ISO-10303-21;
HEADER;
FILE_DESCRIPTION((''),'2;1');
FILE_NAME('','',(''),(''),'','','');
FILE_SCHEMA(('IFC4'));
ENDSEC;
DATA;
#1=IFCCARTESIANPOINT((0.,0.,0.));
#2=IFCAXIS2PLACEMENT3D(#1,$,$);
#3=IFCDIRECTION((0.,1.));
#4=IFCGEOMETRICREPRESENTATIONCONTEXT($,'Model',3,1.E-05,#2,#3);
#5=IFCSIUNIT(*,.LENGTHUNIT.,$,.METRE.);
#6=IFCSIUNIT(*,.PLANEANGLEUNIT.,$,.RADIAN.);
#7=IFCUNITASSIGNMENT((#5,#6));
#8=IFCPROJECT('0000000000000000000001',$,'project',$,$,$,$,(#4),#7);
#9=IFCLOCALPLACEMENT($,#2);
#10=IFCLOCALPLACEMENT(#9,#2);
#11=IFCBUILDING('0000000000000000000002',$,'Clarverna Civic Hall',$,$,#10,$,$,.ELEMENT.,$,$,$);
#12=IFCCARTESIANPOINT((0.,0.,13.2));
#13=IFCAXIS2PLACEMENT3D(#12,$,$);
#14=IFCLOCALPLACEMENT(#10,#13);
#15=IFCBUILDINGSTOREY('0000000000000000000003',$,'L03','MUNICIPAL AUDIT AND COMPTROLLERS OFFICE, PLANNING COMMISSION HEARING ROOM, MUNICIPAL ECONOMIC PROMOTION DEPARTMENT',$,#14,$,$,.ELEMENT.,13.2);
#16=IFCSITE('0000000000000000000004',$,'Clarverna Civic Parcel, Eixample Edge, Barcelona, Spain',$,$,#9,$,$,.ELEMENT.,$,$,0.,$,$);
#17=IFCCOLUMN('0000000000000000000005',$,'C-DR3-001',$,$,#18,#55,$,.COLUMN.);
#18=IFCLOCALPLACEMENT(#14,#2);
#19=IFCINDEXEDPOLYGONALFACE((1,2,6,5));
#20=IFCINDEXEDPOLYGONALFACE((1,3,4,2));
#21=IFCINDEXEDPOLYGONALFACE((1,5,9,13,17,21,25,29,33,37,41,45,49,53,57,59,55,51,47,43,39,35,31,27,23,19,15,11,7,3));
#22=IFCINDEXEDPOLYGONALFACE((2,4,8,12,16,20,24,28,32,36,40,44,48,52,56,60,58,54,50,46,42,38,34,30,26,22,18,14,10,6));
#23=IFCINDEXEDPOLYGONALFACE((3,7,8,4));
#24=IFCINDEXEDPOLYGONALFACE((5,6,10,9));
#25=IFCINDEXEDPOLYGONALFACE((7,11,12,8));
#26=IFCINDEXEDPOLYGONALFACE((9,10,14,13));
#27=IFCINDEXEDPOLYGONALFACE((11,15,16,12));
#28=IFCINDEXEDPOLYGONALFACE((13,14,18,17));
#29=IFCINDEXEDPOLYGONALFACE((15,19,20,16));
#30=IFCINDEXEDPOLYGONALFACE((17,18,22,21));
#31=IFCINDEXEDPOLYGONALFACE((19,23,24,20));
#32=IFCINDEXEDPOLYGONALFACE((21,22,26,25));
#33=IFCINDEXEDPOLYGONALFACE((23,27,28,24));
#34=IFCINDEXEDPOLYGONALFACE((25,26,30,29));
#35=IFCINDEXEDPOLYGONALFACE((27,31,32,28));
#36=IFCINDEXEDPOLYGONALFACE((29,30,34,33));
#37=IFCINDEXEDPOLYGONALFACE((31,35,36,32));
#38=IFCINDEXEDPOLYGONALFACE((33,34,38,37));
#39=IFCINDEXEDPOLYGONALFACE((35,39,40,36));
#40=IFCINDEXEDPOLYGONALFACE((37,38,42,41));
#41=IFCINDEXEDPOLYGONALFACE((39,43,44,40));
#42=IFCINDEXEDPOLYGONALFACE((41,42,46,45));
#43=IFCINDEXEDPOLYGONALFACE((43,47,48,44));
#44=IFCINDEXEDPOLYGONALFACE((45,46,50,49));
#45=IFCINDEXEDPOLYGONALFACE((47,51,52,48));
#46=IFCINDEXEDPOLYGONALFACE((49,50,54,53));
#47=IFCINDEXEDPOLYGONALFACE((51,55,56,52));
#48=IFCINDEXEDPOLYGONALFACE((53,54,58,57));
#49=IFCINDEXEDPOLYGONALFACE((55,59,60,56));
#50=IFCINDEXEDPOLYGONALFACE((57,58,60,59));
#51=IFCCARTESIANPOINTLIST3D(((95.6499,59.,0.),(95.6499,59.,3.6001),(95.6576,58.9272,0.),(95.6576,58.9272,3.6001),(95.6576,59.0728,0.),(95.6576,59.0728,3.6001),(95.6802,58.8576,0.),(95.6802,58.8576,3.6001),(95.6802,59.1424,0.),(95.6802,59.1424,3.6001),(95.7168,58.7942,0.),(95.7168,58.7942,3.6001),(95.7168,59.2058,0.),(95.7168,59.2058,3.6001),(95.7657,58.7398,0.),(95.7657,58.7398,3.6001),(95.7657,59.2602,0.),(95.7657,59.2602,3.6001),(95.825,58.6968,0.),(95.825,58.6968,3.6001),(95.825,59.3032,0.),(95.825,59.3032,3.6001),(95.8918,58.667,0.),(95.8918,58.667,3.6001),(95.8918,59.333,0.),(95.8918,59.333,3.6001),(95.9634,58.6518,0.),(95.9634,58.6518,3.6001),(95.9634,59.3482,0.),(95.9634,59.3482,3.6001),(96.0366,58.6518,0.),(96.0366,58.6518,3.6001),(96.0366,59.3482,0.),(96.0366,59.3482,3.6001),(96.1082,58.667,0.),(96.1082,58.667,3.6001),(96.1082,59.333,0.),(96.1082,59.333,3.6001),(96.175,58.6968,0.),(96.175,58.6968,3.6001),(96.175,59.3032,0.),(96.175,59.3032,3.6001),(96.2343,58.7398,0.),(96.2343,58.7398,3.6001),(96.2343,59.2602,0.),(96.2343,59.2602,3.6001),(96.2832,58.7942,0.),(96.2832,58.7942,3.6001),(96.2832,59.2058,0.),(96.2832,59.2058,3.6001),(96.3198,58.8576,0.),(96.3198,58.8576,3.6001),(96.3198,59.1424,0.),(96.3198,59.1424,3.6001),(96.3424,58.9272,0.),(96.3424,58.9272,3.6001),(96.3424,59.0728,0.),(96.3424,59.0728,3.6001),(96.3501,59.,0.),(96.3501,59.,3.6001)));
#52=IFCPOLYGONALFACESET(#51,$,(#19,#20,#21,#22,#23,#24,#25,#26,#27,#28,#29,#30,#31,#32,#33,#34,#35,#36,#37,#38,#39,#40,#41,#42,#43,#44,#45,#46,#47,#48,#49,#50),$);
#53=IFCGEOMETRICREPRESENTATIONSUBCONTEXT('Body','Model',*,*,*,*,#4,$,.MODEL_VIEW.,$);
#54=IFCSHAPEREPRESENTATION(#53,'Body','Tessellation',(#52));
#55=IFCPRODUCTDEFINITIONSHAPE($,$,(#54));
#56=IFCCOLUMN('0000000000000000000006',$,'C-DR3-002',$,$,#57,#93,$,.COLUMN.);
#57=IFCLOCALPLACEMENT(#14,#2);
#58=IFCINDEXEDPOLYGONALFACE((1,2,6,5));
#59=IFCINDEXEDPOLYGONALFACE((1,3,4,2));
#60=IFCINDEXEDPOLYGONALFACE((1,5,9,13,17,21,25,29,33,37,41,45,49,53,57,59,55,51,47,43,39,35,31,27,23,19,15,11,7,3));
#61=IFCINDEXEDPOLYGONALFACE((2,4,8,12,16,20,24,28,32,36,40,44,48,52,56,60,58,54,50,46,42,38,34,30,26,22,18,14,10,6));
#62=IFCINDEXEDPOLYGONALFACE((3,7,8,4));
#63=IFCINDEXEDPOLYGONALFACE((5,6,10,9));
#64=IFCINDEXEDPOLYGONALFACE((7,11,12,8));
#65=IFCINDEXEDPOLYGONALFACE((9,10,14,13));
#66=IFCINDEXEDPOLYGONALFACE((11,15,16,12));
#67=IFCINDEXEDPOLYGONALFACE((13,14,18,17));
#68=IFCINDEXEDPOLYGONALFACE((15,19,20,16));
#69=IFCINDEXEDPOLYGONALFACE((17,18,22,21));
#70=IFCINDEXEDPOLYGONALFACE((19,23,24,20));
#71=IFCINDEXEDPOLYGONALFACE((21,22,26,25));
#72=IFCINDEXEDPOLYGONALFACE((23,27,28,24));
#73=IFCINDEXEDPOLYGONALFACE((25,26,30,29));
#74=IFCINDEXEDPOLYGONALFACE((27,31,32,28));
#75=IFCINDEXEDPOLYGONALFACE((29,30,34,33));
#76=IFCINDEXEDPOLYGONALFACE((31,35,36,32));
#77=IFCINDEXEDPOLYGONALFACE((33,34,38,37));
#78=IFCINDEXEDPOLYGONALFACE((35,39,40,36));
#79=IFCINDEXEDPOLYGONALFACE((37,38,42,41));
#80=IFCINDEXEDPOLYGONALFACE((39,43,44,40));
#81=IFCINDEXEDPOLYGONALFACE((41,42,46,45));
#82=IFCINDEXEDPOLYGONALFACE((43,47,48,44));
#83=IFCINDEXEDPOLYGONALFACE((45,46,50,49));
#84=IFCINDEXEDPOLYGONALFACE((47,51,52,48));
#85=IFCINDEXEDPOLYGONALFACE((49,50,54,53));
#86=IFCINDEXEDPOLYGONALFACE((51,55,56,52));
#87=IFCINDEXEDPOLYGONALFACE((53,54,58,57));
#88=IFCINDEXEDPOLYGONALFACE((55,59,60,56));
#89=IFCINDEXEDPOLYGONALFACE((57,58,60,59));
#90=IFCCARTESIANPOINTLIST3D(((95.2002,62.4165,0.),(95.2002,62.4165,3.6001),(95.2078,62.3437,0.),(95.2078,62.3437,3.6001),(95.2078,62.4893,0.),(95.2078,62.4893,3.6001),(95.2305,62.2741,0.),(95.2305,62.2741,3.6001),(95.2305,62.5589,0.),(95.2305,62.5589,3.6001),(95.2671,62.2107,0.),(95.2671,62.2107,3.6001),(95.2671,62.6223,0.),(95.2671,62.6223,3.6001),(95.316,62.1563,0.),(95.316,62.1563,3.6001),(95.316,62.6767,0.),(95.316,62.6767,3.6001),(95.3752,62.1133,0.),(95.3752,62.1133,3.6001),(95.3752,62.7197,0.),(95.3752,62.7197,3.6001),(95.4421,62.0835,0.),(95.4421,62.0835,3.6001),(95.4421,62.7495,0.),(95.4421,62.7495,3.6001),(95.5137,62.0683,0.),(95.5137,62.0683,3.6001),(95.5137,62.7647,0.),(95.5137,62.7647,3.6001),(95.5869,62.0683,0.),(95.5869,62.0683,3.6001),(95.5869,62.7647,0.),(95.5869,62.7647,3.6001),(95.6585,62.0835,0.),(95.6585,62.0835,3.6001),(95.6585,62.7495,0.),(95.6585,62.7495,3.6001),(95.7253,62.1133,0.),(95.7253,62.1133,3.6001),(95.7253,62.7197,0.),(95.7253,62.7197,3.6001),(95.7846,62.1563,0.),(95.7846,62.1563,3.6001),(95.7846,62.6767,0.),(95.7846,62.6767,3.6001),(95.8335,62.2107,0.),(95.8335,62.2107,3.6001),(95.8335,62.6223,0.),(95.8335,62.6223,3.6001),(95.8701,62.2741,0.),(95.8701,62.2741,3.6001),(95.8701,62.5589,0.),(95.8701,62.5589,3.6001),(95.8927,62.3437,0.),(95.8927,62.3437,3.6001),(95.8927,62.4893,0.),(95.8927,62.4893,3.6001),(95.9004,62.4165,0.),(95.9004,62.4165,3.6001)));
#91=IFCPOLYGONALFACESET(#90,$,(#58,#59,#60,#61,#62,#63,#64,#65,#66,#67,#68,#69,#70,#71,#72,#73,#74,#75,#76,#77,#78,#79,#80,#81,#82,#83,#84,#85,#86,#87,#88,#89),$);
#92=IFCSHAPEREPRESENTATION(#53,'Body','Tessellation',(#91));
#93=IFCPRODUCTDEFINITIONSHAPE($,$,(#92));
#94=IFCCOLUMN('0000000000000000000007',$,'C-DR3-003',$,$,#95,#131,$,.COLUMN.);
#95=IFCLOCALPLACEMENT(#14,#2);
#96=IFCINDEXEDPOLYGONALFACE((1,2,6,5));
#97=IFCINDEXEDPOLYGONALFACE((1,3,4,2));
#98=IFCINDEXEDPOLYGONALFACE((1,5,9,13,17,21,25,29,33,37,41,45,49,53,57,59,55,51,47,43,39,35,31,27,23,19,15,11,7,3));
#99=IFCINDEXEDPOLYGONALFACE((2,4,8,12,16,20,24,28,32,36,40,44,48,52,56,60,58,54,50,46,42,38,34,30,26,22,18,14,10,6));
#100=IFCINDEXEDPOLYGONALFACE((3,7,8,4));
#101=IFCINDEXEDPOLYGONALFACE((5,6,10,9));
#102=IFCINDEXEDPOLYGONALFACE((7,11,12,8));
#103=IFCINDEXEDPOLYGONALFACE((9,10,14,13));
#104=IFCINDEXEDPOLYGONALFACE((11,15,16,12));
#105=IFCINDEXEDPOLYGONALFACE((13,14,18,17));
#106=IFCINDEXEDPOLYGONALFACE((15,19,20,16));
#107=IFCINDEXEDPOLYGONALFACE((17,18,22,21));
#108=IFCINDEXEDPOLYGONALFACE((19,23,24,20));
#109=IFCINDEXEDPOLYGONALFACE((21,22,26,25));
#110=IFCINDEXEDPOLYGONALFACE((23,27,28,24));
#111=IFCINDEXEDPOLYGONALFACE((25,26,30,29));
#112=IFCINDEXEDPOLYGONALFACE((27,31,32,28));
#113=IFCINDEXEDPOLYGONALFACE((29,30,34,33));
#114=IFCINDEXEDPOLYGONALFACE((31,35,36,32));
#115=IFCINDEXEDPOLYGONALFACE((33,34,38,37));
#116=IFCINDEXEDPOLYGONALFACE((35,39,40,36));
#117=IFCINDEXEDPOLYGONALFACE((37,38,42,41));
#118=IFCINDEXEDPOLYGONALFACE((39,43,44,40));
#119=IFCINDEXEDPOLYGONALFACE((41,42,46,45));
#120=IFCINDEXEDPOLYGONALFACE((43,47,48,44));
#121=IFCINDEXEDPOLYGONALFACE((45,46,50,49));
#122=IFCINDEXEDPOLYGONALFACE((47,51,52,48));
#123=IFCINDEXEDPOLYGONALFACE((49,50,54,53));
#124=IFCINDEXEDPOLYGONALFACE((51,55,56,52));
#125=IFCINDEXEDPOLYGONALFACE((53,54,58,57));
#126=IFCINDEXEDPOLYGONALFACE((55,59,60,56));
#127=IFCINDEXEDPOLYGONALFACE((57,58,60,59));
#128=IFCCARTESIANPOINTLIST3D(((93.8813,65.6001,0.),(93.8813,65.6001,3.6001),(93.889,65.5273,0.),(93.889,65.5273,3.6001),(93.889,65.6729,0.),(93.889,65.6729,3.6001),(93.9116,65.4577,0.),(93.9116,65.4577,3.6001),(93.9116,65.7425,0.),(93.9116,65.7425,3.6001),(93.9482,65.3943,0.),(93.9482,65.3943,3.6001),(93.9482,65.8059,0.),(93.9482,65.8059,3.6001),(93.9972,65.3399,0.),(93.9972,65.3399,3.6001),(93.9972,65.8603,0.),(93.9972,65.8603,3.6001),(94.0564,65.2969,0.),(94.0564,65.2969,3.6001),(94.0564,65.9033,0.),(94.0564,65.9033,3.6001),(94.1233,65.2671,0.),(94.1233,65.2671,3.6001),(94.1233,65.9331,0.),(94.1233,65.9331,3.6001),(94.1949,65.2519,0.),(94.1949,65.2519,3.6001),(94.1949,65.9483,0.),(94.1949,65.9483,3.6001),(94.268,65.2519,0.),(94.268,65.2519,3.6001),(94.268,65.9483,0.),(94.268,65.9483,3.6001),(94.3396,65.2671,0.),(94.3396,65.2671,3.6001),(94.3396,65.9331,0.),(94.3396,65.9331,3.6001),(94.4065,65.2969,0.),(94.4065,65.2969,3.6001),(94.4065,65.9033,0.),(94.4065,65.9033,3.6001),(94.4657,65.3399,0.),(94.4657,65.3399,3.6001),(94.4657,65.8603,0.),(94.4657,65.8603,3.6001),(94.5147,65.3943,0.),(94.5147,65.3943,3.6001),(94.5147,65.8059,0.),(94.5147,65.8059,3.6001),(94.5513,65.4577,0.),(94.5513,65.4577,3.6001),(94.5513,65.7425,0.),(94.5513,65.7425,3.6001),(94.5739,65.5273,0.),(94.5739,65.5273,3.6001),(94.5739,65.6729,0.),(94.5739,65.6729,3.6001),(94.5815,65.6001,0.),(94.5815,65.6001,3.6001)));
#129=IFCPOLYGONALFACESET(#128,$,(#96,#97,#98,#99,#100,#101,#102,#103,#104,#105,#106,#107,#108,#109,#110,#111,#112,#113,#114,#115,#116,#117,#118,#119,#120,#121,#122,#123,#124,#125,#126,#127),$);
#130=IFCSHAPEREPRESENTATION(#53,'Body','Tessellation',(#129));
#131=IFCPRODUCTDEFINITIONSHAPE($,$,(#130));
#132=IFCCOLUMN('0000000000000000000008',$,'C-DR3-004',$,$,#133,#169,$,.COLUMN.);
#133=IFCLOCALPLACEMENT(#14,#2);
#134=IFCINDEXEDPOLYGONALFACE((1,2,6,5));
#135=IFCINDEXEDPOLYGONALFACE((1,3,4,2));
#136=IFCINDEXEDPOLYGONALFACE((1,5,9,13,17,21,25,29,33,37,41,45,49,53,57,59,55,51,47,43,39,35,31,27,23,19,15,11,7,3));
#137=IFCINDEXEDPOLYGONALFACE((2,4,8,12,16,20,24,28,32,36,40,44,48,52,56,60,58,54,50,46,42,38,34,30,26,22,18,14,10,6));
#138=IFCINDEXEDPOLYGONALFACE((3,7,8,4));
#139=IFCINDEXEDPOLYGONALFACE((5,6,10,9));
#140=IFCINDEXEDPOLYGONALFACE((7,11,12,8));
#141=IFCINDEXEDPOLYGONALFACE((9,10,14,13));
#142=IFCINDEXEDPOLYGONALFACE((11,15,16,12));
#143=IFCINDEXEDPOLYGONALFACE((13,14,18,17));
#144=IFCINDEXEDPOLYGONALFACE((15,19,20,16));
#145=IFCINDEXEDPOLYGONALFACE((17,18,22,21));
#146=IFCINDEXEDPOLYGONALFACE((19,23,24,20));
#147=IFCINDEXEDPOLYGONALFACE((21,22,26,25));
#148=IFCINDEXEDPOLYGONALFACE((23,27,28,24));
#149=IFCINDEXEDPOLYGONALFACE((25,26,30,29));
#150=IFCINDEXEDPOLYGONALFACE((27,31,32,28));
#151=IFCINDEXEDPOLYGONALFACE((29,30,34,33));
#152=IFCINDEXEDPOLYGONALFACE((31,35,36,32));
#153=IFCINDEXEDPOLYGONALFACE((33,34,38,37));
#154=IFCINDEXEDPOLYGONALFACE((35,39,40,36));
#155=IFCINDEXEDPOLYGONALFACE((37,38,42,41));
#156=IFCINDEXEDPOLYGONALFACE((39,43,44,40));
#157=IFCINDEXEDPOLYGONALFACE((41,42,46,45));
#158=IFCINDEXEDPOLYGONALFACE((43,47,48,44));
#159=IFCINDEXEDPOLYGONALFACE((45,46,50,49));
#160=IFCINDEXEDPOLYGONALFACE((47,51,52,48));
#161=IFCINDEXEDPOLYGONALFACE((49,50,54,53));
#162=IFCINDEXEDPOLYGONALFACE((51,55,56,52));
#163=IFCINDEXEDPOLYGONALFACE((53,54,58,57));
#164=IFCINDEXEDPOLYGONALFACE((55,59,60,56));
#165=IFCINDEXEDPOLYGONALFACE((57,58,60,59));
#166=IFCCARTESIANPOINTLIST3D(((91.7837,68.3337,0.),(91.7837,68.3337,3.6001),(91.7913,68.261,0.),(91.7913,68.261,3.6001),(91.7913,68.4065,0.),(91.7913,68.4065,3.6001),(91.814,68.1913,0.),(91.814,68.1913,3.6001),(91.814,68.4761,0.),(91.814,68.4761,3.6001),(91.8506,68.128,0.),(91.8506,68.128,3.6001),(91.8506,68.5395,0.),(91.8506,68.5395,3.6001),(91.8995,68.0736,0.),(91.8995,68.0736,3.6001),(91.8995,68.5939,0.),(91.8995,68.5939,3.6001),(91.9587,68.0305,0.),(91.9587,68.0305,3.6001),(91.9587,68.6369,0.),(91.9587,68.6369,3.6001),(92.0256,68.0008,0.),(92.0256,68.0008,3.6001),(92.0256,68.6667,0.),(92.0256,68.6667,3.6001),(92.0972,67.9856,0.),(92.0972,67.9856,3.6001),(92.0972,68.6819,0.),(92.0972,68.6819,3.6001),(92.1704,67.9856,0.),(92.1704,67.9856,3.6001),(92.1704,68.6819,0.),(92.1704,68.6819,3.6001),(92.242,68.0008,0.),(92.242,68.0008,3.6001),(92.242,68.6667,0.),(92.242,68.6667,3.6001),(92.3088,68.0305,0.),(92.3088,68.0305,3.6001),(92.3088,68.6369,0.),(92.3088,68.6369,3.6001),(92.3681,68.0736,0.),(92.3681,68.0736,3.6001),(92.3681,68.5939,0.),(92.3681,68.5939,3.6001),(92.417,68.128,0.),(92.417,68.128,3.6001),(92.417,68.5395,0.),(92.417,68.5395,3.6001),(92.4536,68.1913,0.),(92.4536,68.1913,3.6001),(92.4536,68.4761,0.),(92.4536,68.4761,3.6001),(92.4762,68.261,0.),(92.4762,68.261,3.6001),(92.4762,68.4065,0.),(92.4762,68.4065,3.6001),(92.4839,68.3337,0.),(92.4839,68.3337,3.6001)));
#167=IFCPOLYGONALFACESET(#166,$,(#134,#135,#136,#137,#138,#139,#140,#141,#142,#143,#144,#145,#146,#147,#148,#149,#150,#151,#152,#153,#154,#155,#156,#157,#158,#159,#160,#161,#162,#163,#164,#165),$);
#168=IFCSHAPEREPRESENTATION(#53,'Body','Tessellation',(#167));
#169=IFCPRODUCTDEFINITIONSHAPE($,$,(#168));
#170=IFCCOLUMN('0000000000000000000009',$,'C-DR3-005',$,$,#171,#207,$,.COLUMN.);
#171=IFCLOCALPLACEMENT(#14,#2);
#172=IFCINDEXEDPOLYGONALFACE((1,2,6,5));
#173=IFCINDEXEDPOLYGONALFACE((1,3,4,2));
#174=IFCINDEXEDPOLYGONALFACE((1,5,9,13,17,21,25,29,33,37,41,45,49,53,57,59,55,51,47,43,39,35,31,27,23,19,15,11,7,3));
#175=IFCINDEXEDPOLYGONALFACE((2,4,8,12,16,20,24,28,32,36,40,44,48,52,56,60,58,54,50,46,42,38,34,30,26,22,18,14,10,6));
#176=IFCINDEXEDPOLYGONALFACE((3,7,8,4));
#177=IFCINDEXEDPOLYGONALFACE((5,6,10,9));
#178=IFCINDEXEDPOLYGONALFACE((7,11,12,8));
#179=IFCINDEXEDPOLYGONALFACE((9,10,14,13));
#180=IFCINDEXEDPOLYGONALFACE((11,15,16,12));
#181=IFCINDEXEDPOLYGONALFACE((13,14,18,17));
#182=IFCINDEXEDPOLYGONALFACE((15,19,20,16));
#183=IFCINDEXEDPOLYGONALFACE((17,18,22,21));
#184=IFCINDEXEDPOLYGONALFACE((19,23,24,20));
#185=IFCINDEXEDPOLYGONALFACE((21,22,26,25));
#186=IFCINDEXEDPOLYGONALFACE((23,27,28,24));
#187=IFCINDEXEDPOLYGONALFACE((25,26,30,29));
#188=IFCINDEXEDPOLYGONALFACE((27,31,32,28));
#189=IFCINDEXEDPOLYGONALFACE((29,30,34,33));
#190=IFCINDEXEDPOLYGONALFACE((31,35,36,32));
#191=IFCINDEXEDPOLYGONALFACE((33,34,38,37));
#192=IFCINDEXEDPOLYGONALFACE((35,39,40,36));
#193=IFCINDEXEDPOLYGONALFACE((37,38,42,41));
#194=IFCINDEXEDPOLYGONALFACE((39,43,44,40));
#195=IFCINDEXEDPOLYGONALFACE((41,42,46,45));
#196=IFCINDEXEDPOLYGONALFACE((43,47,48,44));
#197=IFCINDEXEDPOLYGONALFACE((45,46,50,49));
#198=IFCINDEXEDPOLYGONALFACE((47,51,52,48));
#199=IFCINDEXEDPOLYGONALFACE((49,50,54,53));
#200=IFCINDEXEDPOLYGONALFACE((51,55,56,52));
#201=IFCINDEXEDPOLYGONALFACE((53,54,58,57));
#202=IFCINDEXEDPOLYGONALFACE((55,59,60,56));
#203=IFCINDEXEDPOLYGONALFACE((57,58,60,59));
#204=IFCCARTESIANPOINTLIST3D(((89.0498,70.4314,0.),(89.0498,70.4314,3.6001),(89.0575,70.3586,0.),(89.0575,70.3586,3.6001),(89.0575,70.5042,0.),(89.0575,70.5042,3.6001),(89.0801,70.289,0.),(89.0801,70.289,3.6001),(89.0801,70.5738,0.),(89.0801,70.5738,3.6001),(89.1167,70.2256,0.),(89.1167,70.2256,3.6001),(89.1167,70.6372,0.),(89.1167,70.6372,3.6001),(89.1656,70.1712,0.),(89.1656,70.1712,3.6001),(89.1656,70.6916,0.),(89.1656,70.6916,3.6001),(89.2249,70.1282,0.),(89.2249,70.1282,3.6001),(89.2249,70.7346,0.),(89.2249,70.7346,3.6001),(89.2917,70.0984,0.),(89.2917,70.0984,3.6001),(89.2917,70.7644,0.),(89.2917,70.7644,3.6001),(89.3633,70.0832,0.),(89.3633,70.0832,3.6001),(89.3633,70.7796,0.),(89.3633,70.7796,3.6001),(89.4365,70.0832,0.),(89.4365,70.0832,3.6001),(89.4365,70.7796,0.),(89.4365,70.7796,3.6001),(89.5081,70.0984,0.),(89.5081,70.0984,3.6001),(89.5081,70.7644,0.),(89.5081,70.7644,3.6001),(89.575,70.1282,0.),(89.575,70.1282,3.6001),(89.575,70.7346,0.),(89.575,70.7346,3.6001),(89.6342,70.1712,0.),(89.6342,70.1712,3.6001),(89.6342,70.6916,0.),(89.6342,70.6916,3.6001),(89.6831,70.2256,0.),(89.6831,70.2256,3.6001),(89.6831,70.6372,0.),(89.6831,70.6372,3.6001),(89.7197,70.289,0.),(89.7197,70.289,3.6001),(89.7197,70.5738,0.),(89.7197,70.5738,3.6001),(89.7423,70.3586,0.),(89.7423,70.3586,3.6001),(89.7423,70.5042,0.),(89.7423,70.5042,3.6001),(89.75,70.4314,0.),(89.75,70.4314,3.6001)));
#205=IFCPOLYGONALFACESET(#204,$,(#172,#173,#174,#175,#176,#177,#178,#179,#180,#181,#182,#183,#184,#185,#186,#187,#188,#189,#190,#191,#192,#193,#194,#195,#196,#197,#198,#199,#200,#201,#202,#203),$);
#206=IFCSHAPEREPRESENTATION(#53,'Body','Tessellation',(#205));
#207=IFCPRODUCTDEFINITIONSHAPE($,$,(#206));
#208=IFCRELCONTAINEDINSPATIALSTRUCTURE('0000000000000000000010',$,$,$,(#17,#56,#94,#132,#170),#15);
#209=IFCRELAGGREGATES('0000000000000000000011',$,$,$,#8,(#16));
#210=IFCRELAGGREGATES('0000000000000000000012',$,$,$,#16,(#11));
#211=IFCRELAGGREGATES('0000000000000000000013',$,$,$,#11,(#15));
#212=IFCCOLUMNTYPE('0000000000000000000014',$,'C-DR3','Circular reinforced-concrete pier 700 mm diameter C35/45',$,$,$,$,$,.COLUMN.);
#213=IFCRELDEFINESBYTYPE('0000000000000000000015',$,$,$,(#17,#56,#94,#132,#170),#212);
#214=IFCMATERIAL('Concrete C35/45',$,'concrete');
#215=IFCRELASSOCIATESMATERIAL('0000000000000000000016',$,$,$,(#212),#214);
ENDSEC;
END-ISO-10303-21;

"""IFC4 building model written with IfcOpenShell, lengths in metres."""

from ifc_helpers import new_model, si_unit, direction, frame, origin, origin_2d, place, context, subcontext, project, spatial, circle, extrude, material, material_profile, profile_set, type_object, element, save


model = new_model("IFC4")

# Units and contexts
model_context = context("Model", 3, precision=1e-05, world=origin(), true_north=direction((0.0, 1.0)))
body_context = subcontext(model_context, "Body", "Model", "MODEL_VIEW")
ifc_project = project(units=[si_unit("LENGTHUNIT", "METRE"), si_unit("PLANEANGLEUNIT", "RADIAN")], contexts=[model_context])

# Site, building, storey
site_placement = place(None, origin())
site = spatial("IfcSite", under=ifc_project, at=site_placement, Name="Clarverna Civic Parcel, Eixample Edge, Barcelona, Spain", CompositionType="ELEMENT", RefElevation=0.0)
building_placement = place(site_placement, origin())
building = spatial("IfcBuilding", under=site, at=building_placement, Name="Clarverna Civic Hall", CompositionType="ELEMENT")
storey_placement = place(building_placement, frame((0.0, 0.0, 13.2)))
storey = spatial("IfcBuildingStorey", under=building, at=storey_placement, Name="L03", Description="MUNICIPAL AUDIT AND COMPTROLLERS OFFICE, PLANNING COMMISSION HEARING ROOM, MUNICIPAL ECONOMIC PROMOTION DEPARTMENT", CompositionType="ELEMENT", Elevation=13.2)

# Columns
ifc_material_1 = material(Name="Concrete C35/45", Category="concrete")
ifc_material_profile_1 = material_profile(ifc_material_1, circle(Radius=0.3501, at=origin_2d()), Name="RC D700")
ifc_profile_set_1 = profile_set([ifc_material_profile_1], Name="Concrete C35/45")
column_type = type_object("IfcColumnType", Name="C-DR3", Description="Circular reinforced-concrete pier 700 mm diameter C35/45", PredefinedType="COLUMN", material=ifc_profile_set_1)
for number, where, z_axis, x_axis, name in (
    (1, (96.0, 59.0, 0.0), (0.0, 0.0, 1.0), (1.0, 0.0, 0.0), "C-DR3-001"),
    (2, (95.5503, 62.4165, 0.0), (0.0, 0.0, 1.0), (1.0, 0.0, 0.0), "C-DR3-002"),
    (3, (94.2314, 65.6001, 0.0), (0.0, 0.0, 1.0), (1.0, 0.0, 0.0), "C-DR3-003"),
    (4, (92.1338, 68.3337, 0.0), (0.0, 0.0, 1.0), (1.0, 0.0, 0.0), "C-DR3-004"),
    (5, (89.3999, 70.4314, 0.0), (0.0, 0.0, 1.0), (1.0, 0.0, 0.0), "C-DR3-005"),
):
    element("IfcColumn", number, at=place(storey_placement, frame(where, z_axis=z_axis, x_axis=x_axis)), inside=storey, type_object=column_type, Name=name, PredefinedType="COLUMN", context=body_context, shape_type="SweptSolid", body=[
        extrude(circle(Radius=0.3501, at=origin_2d()), origin(), (0.0, 0.0, 1.0), 3.6001),
    ])

save(model, "model.ifc")
